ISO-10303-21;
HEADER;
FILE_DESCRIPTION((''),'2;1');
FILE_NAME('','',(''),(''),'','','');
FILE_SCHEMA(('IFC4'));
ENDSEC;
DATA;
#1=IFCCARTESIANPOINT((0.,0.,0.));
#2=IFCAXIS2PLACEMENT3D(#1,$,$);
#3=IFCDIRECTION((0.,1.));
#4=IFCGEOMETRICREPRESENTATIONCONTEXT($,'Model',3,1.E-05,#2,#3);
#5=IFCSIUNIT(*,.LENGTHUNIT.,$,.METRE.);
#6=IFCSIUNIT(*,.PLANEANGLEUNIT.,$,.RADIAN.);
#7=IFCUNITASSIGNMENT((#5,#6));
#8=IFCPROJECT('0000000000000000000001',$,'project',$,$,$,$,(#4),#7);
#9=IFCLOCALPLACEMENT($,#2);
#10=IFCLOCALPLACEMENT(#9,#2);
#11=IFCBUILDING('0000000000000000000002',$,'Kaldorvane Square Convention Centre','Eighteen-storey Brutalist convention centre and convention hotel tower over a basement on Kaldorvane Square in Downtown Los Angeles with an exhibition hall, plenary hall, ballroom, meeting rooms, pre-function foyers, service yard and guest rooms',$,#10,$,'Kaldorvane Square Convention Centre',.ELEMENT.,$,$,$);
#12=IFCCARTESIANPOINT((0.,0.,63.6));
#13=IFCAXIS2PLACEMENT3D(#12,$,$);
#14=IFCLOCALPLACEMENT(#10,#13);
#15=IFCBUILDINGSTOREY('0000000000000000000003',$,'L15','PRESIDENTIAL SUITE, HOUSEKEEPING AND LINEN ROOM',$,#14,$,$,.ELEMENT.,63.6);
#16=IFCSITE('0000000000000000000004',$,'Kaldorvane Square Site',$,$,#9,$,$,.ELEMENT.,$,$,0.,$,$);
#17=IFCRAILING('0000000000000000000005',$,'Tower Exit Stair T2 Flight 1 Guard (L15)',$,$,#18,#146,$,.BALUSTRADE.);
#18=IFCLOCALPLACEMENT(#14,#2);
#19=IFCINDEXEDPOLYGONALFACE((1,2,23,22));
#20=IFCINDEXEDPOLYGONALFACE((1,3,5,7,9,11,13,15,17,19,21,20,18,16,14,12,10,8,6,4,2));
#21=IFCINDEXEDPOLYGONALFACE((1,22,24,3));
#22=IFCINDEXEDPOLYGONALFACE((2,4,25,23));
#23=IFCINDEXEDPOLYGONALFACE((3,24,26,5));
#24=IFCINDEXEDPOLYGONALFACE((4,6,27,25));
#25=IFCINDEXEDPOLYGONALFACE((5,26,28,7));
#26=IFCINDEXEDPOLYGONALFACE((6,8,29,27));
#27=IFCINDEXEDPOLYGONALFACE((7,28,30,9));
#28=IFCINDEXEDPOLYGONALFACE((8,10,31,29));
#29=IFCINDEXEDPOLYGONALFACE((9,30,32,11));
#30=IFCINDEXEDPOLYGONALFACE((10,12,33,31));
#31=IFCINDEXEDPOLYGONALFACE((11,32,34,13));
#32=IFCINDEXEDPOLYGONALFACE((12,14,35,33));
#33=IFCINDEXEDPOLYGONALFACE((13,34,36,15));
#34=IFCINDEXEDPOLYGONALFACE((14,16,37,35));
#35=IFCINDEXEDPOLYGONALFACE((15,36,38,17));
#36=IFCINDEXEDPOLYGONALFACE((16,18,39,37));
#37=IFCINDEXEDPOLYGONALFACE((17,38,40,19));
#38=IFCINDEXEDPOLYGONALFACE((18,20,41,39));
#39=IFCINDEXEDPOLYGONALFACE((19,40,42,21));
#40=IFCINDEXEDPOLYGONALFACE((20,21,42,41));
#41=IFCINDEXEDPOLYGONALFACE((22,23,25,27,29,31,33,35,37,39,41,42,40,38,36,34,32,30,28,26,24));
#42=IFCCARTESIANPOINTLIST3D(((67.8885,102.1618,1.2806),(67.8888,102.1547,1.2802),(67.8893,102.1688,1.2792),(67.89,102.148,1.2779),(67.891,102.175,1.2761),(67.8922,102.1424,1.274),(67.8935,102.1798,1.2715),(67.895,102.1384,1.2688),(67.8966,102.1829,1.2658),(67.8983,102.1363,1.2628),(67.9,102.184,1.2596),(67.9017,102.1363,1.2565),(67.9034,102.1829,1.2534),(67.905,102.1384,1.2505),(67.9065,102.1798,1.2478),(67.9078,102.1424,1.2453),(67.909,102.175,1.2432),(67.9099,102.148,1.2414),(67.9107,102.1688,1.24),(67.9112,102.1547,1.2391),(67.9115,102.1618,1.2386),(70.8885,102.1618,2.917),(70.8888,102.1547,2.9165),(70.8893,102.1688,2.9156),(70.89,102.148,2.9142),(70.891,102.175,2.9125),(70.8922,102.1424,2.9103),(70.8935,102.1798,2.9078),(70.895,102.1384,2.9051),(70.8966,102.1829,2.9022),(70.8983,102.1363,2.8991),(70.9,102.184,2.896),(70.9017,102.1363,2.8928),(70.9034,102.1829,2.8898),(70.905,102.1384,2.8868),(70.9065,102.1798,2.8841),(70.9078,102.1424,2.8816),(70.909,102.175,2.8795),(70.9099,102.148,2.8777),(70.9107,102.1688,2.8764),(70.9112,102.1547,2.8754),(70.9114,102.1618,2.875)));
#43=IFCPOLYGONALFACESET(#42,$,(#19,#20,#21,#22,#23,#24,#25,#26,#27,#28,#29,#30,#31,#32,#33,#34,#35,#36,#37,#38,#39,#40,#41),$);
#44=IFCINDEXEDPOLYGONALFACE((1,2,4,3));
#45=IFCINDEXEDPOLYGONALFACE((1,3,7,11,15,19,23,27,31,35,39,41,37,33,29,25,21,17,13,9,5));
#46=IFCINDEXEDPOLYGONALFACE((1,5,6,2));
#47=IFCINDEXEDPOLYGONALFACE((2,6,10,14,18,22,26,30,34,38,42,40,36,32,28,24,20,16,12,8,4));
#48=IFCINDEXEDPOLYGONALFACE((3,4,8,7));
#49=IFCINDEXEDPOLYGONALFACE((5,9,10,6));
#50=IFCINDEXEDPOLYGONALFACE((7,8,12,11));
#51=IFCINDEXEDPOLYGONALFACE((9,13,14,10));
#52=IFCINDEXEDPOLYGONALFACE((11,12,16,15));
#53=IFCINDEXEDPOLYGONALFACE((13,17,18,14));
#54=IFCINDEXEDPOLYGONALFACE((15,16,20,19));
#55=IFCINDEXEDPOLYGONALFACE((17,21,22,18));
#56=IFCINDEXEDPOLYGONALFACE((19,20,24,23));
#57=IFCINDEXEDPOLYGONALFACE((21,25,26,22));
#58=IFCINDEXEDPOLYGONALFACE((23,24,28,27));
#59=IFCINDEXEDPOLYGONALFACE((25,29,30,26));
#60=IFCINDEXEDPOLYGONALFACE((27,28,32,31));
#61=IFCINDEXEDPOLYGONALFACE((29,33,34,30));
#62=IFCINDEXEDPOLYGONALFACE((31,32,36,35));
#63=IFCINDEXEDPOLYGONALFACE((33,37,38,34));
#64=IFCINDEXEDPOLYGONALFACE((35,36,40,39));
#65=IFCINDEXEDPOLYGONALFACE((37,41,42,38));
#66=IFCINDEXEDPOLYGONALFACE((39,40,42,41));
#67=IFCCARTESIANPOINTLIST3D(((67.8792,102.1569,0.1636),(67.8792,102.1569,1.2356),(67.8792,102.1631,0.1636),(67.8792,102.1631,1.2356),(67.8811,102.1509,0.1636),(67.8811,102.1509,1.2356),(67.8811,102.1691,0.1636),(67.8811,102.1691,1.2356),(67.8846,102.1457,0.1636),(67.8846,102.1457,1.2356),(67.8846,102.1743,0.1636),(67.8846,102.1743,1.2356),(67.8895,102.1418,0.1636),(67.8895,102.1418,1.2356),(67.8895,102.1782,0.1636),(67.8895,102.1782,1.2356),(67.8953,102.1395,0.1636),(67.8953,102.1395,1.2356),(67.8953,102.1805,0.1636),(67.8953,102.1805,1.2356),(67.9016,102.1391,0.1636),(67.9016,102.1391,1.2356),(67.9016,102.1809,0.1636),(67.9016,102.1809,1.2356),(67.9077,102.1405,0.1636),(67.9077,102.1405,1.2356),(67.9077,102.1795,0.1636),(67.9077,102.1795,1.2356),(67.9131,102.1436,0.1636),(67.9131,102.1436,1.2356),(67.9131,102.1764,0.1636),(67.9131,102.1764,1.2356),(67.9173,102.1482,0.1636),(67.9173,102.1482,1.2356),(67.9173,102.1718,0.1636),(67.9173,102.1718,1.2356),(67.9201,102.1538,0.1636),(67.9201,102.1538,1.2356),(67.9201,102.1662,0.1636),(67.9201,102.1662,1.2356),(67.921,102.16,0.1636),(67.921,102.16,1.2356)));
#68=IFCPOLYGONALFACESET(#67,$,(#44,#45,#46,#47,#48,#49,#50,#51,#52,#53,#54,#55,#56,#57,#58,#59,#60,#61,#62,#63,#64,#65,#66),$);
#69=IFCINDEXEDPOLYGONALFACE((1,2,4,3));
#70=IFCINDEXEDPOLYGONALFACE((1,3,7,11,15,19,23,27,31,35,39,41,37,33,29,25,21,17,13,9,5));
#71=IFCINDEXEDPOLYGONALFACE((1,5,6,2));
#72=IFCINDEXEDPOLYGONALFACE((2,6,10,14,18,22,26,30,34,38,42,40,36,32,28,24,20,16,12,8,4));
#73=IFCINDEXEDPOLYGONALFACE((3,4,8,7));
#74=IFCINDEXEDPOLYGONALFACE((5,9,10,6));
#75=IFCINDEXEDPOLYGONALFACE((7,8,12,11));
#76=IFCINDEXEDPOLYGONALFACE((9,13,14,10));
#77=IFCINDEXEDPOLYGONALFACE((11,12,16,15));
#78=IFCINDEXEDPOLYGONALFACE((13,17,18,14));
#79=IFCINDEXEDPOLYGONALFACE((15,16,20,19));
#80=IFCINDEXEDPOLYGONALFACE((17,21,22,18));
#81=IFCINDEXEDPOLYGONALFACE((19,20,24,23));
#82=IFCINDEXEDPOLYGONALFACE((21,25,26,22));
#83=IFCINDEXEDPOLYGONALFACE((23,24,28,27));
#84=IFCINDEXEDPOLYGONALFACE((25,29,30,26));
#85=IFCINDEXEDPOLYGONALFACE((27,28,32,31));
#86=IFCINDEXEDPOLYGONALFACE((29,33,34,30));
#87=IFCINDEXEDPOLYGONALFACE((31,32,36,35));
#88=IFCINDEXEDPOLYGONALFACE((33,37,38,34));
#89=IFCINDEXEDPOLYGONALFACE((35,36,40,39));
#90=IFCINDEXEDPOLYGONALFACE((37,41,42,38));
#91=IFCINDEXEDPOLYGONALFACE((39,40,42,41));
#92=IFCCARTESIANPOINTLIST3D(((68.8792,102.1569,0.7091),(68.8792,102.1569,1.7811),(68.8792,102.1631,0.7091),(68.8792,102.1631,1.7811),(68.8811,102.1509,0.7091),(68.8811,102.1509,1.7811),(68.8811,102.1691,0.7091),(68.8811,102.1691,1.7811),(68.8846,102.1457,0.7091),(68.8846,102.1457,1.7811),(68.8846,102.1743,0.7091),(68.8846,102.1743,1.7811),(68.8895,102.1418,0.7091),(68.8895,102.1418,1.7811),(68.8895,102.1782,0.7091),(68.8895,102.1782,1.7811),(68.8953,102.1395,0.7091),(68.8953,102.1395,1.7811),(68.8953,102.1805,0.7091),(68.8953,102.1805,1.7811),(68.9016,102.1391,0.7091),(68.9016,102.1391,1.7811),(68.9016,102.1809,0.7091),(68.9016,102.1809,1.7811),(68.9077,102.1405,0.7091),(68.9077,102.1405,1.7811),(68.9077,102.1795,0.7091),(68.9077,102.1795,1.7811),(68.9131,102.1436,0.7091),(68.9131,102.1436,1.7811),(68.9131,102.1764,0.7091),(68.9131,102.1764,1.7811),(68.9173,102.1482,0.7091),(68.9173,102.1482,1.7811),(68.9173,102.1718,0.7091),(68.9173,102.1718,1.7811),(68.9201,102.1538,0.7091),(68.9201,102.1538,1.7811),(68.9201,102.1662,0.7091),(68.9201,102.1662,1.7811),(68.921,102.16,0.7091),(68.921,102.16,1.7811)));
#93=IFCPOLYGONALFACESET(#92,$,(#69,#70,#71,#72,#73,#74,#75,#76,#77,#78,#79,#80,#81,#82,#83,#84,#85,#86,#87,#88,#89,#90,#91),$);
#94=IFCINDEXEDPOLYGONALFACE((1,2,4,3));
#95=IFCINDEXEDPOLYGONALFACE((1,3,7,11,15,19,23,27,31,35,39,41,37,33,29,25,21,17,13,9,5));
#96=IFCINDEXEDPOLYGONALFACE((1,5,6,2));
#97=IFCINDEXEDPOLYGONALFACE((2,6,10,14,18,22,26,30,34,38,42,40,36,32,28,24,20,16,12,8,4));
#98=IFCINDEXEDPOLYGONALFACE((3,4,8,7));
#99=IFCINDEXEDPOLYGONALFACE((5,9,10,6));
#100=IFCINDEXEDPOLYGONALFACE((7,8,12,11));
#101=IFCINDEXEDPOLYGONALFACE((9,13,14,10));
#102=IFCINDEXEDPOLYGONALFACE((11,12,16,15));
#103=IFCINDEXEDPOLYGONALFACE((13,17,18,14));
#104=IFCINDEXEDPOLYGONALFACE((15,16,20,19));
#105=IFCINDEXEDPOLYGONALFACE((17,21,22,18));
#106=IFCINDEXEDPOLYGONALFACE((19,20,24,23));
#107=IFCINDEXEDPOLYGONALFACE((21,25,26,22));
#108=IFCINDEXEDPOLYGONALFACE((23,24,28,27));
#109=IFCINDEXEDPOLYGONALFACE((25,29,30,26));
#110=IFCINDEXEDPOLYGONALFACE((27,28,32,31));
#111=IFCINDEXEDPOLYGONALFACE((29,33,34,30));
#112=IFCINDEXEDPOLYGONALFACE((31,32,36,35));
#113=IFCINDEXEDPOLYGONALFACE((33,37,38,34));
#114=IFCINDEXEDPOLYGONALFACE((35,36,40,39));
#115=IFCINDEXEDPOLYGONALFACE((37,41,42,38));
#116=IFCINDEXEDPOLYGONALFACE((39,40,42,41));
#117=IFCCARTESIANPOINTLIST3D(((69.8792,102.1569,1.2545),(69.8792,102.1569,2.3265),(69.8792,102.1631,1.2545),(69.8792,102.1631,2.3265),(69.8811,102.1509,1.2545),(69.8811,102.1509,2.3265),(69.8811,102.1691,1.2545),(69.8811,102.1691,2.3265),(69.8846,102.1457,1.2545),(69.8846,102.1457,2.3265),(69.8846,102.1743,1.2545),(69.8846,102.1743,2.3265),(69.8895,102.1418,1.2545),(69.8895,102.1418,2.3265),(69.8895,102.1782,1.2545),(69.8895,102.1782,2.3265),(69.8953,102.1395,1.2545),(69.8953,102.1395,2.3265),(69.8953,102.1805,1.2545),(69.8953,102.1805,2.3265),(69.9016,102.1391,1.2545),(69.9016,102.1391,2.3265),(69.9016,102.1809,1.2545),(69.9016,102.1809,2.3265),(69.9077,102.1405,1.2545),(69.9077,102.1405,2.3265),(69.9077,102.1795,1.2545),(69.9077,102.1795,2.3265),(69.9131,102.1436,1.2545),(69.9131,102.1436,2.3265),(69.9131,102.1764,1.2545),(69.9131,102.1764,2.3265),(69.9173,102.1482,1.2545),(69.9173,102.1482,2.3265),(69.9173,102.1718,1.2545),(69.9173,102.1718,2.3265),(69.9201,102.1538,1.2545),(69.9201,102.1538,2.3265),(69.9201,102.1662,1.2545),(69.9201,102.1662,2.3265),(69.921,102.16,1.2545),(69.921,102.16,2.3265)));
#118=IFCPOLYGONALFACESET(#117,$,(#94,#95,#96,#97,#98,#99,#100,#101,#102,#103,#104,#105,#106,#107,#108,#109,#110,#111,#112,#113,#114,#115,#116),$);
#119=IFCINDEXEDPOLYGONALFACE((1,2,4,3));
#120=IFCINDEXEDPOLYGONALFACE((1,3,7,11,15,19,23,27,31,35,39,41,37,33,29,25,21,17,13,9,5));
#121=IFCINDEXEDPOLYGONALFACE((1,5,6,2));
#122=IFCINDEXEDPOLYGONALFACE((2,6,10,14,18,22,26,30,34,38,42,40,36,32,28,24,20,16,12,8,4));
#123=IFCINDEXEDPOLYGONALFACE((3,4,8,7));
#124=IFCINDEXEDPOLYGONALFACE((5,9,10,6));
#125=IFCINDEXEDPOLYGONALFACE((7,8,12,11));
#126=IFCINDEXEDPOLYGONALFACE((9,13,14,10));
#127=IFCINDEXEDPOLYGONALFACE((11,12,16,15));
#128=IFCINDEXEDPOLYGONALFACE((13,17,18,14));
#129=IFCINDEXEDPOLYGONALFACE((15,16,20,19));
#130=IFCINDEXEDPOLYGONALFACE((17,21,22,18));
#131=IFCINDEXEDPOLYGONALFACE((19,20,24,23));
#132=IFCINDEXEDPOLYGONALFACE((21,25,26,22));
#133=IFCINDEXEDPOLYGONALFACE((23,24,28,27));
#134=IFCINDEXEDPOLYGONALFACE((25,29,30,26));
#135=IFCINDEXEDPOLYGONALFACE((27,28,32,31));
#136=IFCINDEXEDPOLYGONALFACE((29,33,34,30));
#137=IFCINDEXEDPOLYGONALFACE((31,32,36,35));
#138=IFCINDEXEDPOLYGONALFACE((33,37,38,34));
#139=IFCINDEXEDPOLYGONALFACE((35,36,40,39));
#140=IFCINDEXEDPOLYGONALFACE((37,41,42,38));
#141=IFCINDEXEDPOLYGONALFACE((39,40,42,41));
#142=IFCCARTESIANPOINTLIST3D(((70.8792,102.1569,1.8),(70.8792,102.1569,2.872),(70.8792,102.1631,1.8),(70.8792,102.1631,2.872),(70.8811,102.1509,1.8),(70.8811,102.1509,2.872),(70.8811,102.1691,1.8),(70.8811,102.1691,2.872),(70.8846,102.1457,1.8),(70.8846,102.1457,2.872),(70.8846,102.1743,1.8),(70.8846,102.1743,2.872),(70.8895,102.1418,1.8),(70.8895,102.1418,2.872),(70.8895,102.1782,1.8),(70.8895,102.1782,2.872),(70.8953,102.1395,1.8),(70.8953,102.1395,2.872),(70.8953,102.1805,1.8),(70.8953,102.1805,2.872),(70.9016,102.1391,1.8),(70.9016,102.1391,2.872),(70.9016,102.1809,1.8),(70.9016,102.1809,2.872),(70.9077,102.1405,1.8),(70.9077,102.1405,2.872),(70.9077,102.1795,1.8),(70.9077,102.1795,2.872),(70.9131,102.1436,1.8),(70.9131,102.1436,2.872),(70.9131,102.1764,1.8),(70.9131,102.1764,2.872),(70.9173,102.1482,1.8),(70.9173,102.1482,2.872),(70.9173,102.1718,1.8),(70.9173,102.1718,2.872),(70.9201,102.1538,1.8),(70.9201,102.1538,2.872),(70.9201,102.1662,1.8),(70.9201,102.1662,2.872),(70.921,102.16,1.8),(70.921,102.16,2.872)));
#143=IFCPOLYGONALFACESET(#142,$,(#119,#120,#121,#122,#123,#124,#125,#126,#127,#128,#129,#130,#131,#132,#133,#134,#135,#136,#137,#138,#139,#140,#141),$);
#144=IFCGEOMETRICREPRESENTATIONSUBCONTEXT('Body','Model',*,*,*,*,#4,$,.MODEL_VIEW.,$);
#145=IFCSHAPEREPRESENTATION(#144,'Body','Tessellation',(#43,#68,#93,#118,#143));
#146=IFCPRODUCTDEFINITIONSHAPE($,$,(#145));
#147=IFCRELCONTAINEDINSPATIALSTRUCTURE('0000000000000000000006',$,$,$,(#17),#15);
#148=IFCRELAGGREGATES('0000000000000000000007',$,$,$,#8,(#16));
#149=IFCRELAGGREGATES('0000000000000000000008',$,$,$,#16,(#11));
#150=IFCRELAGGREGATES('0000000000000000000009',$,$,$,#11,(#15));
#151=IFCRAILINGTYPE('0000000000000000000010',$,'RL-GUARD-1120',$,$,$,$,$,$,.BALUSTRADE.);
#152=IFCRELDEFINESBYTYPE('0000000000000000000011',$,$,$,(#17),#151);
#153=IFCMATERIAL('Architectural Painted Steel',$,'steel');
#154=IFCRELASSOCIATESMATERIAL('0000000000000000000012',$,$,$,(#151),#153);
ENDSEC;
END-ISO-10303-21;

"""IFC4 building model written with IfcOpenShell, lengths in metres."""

from ifc_helpers import new_model, si_unit, direction, frame, origin, origin_2d, place, context, subcontext, project, spatial, circle, extrude, material, type_object, element, save


model = new_model("IFC4")

# Units and contexts
model_context = context("Model", 3, precision=1e-05, world=origin(), true_north=direction((0.0, 1.0)))
body_context = subcontext(model_context, "Body", "Model", "MODEL_VIEW")
ifc_project = project(units=[si_unit("LENGTHUNIT", "METRE"), si_unit("PLANEANGLEUNIT", "RADIAN")], contexts=[model_context])

# Site, building, storey
site_placement = place(None, origin())
site = spatial("IfcSite", under=ifc_project, at=site_placement, Name="Kaldorvane Square Site", CompositionType="ELEMENT", RefElevation=0.0)
building_placement = place(site_placement, origin())
building = spatial("IfcBuilding", under=site, at=building_placement, Name="Kaldorvane Square Convention Centre", Description="Eighteen-storey Brutalist convention centre and convention hotel tower over a basement on Kaldorvane Square in Downtown Los Angeles with an exhibition hall, plenary hall, ballroom, meeting rooms, pre-function foyers, service yard and guest rooms", LongName="Kaldorvane Square Convention Centre", CompositionType="ELEMENT")
storey_placement = place(building_placement, frame((0.0, 0.0, 63.6)))
storey = spatial("IfcBuildingStorey", under=building, at=storey_placement, Name="L15", Description="PRESIDENTIAL SUITE, HOUSEKEEPING AND LINEN ROOM", CompositionType="ELEMENT", Elevation=63.6)

# Railing
ifc_material_1 = material(Name="Architectural Painted Steel", Category="steel")
railing_type = type_object("IfcRailingType", Name="RL-GUARD-1120", PredefinedType="BALUSTRADE", material=ifc_material_1)
railing_1_placement = place(storey_placement, frame((67.9, 102.16, 0.1636)))
element("IfcRailing", 1, at=railing_1_placement, inside=storey, type_object=railing_type, Name="Tower Exit Stair T2 Flight 1 Guard (L15)", PredefinedType="BALUSTRADE", context=body_context, shape_type="SweptSolid", body=[
    extrude(circle(Radius=0.024, at=origin_2d()), frame((0.0, 0.0, 1.096), z_axis=(0.877897, 0.0, 0.47885), x_axis=(0.0, 1.0, 0.0)), (0.0, 0.0, 1.0), 3.4173),
    extrude(circle(Radius=0.021, at=origin_2d()), origin(), (0.0, 0.0, 1.0), 1.072),
    extrude(circle(Radius=0.021, at=origin_2d()), frame((1.0, 0.0, 0.5455)), (0.0, 0.0, 1.0), 1.072),
    extrude(circle(Radius=0.021, at=origin_2d()), frame((2.0, 0.0, 1.0909)), (0.0, 0.0, 1.0), 1.072),
    extrude(circle(Radius=0.021, at=origin_2d()), frame((3.0, 0.0, 1.6364)), (0.0, 0.0, 1.0), 1.072),
])

save(model, "model.ifc")
